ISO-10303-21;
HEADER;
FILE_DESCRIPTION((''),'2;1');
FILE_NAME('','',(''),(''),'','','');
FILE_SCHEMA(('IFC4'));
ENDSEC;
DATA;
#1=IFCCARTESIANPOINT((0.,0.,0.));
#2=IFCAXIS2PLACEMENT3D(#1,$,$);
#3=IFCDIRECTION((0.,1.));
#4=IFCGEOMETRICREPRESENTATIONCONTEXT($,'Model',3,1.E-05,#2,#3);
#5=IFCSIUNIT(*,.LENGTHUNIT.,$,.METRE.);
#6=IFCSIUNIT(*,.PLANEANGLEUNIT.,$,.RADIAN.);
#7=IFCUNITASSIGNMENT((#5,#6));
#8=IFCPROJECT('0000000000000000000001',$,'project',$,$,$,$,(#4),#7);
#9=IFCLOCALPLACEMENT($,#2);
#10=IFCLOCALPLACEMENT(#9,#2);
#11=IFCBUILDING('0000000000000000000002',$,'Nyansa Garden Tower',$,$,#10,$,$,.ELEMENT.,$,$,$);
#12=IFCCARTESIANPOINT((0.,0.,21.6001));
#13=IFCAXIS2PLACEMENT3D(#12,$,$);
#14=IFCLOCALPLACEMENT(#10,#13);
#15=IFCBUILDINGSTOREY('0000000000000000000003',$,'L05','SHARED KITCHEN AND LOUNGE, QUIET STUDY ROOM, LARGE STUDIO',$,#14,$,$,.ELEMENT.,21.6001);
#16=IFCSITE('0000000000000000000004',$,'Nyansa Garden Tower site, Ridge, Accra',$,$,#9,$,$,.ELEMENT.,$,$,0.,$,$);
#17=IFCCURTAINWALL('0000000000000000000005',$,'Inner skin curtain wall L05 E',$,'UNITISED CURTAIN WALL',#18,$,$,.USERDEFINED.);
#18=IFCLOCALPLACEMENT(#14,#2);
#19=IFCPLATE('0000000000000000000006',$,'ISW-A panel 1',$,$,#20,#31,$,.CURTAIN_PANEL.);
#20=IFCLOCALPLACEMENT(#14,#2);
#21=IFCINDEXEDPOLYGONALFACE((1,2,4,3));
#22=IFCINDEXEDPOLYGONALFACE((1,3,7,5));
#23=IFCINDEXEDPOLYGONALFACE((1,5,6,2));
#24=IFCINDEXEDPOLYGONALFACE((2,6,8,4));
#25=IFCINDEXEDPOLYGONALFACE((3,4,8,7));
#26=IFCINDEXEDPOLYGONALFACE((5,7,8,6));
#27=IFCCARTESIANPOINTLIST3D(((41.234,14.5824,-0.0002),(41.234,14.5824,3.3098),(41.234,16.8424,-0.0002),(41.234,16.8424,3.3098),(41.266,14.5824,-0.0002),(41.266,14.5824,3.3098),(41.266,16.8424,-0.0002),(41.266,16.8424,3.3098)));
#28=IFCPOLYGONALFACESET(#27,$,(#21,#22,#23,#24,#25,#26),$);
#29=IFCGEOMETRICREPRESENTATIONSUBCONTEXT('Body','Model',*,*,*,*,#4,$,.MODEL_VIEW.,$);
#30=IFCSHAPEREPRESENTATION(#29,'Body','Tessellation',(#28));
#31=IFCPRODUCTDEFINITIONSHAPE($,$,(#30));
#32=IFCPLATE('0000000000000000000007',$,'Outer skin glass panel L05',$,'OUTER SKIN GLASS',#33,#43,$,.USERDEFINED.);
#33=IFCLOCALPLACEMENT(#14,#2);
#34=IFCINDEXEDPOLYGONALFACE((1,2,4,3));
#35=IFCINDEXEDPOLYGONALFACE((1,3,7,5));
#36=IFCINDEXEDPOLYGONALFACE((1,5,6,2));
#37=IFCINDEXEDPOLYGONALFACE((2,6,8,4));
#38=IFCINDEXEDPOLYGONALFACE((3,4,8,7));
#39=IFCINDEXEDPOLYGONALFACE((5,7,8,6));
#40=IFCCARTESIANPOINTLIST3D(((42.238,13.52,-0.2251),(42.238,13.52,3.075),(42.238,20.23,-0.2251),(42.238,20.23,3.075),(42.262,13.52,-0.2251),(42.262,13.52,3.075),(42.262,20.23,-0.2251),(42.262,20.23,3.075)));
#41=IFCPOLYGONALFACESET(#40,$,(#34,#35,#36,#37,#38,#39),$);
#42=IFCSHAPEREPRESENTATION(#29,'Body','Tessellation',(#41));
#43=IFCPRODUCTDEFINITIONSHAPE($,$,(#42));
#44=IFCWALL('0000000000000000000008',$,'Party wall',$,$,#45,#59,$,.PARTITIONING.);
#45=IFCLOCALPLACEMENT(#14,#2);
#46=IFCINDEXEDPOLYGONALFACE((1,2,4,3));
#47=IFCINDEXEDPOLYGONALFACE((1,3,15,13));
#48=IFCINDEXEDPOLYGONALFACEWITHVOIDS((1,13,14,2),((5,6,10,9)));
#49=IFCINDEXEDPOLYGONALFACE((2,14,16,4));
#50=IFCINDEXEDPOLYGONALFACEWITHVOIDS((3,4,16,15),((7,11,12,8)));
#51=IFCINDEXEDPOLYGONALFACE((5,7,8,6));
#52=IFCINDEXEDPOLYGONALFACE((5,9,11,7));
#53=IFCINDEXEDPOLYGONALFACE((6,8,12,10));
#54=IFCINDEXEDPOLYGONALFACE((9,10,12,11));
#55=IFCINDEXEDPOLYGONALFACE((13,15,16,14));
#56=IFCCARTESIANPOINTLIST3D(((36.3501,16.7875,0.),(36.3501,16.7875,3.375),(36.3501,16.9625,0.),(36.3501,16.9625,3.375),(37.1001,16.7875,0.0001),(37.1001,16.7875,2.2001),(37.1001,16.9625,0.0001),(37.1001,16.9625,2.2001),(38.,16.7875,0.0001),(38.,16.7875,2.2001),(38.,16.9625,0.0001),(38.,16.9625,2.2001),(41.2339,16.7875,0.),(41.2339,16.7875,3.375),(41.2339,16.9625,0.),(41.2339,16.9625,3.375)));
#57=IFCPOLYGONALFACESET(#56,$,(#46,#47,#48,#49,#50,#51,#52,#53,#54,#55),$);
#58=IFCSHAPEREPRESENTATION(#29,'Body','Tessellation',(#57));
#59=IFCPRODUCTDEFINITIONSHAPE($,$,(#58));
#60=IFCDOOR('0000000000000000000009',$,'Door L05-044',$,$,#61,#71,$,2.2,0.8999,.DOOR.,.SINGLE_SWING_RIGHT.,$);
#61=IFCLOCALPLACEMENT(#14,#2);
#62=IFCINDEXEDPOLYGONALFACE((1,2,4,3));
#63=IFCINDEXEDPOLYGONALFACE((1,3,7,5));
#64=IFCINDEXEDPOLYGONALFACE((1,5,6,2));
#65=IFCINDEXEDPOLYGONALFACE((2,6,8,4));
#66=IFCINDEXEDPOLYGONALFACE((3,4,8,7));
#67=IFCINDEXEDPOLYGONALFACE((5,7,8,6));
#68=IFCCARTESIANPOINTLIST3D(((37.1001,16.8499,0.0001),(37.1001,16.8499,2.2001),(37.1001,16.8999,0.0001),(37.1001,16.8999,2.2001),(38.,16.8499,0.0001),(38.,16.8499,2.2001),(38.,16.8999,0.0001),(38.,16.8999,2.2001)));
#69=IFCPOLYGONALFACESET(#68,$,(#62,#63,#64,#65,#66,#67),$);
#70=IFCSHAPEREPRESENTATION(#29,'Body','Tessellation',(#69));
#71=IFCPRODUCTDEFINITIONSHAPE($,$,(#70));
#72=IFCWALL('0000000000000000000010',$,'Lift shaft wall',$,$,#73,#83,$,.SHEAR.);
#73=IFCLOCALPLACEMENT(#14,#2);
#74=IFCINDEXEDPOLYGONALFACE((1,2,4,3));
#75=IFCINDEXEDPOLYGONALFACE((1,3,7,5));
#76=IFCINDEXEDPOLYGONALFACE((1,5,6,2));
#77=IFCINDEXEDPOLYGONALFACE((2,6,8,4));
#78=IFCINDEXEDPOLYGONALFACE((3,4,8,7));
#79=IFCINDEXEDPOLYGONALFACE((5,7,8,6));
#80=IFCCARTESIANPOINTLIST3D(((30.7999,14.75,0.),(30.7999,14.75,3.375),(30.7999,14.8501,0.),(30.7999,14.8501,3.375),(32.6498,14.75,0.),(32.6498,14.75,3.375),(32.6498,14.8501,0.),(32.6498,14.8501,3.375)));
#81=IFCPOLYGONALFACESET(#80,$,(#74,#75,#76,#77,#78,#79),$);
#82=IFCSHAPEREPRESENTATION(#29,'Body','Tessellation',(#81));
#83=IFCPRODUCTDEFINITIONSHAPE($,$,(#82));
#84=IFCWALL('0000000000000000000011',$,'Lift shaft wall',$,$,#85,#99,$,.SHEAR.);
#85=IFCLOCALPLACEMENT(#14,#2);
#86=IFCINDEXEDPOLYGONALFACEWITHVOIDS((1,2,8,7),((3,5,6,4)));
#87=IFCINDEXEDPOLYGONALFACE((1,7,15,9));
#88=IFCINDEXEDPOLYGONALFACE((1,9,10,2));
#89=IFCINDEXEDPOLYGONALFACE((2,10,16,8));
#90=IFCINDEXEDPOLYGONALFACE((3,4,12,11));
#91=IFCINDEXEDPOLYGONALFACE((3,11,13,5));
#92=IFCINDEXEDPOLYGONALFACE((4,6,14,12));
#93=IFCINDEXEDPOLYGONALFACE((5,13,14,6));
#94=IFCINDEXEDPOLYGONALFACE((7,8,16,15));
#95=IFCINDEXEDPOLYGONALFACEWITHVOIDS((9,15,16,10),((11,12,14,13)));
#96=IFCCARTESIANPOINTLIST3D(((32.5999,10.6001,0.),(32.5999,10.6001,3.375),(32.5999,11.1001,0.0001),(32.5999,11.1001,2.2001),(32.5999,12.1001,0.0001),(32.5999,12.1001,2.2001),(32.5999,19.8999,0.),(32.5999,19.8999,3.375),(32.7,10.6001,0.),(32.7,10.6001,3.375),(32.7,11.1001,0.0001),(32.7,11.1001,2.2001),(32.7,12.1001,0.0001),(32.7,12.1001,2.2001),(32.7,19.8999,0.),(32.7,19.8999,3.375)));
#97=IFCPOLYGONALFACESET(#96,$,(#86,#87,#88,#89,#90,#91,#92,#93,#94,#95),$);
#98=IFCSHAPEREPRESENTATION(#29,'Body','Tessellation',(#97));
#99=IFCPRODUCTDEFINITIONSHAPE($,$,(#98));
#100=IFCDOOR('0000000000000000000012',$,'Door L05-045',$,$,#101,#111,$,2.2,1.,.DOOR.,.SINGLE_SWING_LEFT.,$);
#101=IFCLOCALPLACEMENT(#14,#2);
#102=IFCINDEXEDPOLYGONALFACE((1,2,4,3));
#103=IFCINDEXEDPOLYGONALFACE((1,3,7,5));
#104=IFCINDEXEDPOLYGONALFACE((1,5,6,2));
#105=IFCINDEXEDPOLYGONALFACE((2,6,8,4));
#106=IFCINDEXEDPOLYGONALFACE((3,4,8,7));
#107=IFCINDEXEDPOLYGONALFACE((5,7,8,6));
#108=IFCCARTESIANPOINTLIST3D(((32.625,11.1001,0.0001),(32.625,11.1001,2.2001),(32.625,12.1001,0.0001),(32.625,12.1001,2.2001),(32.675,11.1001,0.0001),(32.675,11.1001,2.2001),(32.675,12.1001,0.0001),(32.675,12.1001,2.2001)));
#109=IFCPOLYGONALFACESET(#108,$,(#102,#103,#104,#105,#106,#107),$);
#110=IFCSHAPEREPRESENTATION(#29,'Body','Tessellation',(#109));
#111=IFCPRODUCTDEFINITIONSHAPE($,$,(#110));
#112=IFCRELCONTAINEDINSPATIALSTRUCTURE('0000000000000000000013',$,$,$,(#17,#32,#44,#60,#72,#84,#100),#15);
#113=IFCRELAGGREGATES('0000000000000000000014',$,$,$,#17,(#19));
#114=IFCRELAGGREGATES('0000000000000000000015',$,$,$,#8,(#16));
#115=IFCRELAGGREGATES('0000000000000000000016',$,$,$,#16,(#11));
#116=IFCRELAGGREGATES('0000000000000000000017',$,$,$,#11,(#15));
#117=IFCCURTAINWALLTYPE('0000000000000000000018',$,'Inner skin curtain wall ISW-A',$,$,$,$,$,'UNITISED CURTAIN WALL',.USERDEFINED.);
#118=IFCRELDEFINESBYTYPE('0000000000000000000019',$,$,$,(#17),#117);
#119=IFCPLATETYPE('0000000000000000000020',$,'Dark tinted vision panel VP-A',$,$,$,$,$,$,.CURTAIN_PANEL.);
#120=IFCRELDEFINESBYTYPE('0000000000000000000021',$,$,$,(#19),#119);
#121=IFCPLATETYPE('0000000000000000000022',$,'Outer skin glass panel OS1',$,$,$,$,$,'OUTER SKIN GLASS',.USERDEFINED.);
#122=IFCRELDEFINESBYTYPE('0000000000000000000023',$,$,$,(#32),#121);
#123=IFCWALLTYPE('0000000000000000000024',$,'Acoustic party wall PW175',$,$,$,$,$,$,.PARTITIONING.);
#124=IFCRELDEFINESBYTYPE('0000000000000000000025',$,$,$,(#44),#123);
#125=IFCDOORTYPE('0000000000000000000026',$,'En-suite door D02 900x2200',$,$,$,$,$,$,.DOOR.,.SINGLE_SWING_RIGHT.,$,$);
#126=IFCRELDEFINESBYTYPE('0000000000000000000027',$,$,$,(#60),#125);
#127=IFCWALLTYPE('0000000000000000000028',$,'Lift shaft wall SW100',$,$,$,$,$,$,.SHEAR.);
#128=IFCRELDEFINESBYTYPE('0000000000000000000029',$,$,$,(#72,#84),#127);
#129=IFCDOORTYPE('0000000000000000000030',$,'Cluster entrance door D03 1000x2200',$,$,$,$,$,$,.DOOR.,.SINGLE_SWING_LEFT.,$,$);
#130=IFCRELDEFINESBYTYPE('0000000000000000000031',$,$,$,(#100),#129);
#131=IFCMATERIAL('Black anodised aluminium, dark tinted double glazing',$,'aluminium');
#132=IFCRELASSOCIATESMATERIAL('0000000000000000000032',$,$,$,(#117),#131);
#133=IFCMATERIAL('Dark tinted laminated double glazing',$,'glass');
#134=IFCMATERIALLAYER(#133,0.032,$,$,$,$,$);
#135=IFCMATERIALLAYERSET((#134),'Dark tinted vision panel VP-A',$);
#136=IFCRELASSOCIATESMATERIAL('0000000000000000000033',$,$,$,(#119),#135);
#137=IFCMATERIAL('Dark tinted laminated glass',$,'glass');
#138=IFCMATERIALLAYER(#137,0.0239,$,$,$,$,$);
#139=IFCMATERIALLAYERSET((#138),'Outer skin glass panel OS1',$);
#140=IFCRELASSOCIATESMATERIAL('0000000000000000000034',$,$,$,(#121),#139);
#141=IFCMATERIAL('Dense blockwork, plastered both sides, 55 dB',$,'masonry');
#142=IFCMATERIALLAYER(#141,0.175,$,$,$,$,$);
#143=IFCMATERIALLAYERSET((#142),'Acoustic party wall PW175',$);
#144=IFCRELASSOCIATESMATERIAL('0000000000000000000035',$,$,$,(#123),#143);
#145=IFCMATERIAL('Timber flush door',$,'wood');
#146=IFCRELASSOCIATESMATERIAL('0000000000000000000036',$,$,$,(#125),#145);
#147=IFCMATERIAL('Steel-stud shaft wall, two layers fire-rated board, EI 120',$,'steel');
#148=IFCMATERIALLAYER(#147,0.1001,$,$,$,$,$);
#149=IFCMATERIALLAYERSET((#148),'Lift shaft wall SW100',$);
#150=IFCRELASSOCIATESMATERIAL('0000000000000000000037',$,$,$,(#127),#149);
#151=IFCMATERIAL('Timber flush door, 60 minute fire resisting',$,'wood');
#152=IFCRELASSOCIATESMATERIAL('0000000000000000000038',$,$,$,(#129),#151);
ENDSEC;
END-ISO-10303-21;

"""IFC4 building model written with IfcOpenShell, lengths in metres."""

from ifc_helpers import new_model, si_unit, direction, frame, frame_2d, origin, origin_2d, place, context, subcontext, project, spatial, rectangle, extrude, material, layer, layer_set, type_object, element, fill, aggregate, save


model = new_model("IFC4")

# Units and contexts
model_context = context("Model", 3, precision=1e-05, world=origin(), true_north=direction((0.0, 1.0)))
body_context = subcontext(model_context, "Body", "Model", "MODEL_VIEW")
ifc_project = project(units=[si_unit("LENGTHUNIT", "METRE"), si_unit("PLANEANGLEUNIT", "RADIAN")], contexts=[model_context])

# Site, building, storey
site_placement = place(None, origin())
site = spatial("IfcSite", under=ifc_project, at=site_placement, Name="Nyansa Garden Tower site, Ridge, Accra", CompositionType="ELEMENT", RefElevation=0.0)
building_placement = place(site_placement, origin())
building = spatial("IfcBuilding", under=site, at=building_placement, Name="Nyansa Garden Tower", CompositionType="ELEMENT")
storey_placement = place(building_placement, frame((0.0, 0.0, 21.6001)))
storey = spatial("IfcBuildingStorey", under=building, at=storey_placement, Name="L05", Description="SHARED KITCHEN AND LOUNGE, QUIET STUDY ROOM, LARGE STUDIO", CompositionType="ELEMENT", Elevation=21.6001)

# Shared definitions
ifc_material_1 = material(Name="Black anodised aluminium, dark tinted double glazing", Category="aluminium")
curtain_wall_type = type_object("IfcCurtainWallType", Name="Inner skin curtain wall ISW-A", ElementType="UNITISED CURTAIN WALL", PredefinedType="USERDEFINED", material=ifc_material_1)

# Curtain wall
curtain_wall_1_placement = place(storey_placement, origin())
curtain_wall_1 = element("IfcCurtainWall", 1, at=curtain_wall_1_placement, inside=storey, type_object=curtain_wall_type, Name="Inner skin curtain wall L05 E", ObjectType="UNITISED CURTAIN WALL", PredefinedType="USERDEFINED")

# Plates
ifc_material_2 = material(Name="Dark tinted laminated double glazing", Category="glass")
ifc_layer_1 = layer(ifc_material_2, 0.032)
ifc_layer_set_1 = layer_set([ifc_layer_1], Name="Dark tinted vision panel VP-A")
plate_type_1 = type_object("IfcPlateType", Name="Dark tinted vision panel VP-A", PredefinedType="CURTAIN_PANEL", material=ifc_layer_set_1)
plate_1_placement = place(storey_placement, frame((41.25, 15.7124, -0.0002), z_axis=(0.0, 0.0, 1.0), x_axis=(0.0, 1.0, 0.0)))
plate_1 = element("IfcPlate", 2, at=plate_1_placement, type_object=plate_type_1, Name="ISW-A panel 1", PredefinedType="CURTAIN_PANEL", context=body_context, shape_type="SweptSolid", body=[
    extrude(rectangle(XDim=2.26, YDim=0.032, at=origin_2d()), origin(), (0.0, 0.0, 1.0), 3.3101),
])
aggregate(curtain_wall_1, [plate_1])
ifc_material_3 = material(Name="Dark tinted laminated glass", Category="glass")
ifc_layer_2 = layer(ifc_material_3, 0.0239)
ifc_layer_set_2 = layer_set([ifc_layer_2], Name="Outer skin glass panel OS1")
plate_type_2 = type_object("IfcPlateType", Name="Outer skin glass panel OS1", ElementType="OUTER SKIN GLASS", PredefinedType="USERDEFINED", material=ifc_layer_set_2)
plate_2_placement = place(storey_placement, frame((42.25, 16.875, -0.2251), z_axis=(0.0, 0.0, 1.0), x_axis=(0.0, 1.0, 0.0)))
element("IfcPlate", 3, at=plate_2_placement, inside=storey, type_object=plate_type_2, Name="Outer skin glass panel L05", ObjectType="OUTER SKIN GLASS", PredefinedType="USERDEFINED", context=body_context, shape_type="SweptSolid", body=[
    extrude(rectangle(XDim=6.71, YDim=0.0239, at=origin_2d()), origin(), (0.0, 0.0, 1.0), 3.3),
])

# Wall, opening, door
ifc_material_4 = material(Name="Dense blockwork, plastered both sides, 55 dB", Category="masonry")
ifc_layer_3 = layer(ifc_material_4, 0.175)
ifc_layer_set_3 = layer_set([ifc_layer_3], Name="Acoustic party wall PW175")
wall_type_1 = type_object("IfcWallType", Name="Acoustic party wall PW175", PredefinedType="PARTITIONING", material=ifc_layer_set_3)
wall_1_placement = place(storey_placement, frame((36.3501, 16.875, 0.0), z_axis=(0.0, 0.0, 1.0), x_axis=(1.0, 0.0, 0.0)))
wall_1 = element("IfcWall", 4, at=wall_1_placement, inside=storey, type_object=wall_type_1, Name="Party wall", PredefinedType="PARTITIONING", context=body_context, shape_type="SweptSolid", body=[
    extrude(rectangle(XDim=4.8838, YDim=0.175, at=frame_2d((2.4419, 0.0))), origin(), (0.0, 0.0, 1.0), 3.375),
])
opening_1_placement = place(wall_1_placement, frame((0.75, 0.0, 0.0)))
opening_1 = element("IfcOpeningElement", 5, at=opening_1_placement, cuts=wall_1, PredefinedType="OPENING", context=body_context, shape_type="SweptSolid", body=[
    extrude(rectangle(XDim=0.8999, YDim=2.2, at=frame_2d((0.45, 1.1001))), frame((0.0, 0.0974, 0.0), z_axis=(0.0, -1.0, 0.0), x_axis=(1.0, 0.0, 0.0)), (0.0, 0.0, 1.0), 0.1951),
])
ifc_material_5 = material(Name="Timber flush door", Category="wood")
door_type_1 = type_object("IfcDoorType", Name="En-suite door D02 900x2200", OperationType="SINGLE_SWING_RIGHT", PredefinedType="DOOR", material=ifc_material_5)
door_1_placement = place(opening_1_placement, origin())
door_1 = element("IfcDoor", 6, at=door_1_placement, inside=storey, type_object=door_type_1, Name="Door L05-044", OperationType="SINGLE_SWING_RIGHT", OverallHeight=2.2, OverallWidth=0.8999, PredefinedType="DOOR", context=body_context, shape_type="SweptSolid", body=[
    extrude(rectangle(XDim=0.8999, YDim=2.2, at=frame_2d((0.45, 1.1001))), frame((0.0, 0.0249, 0.0), z_axis=(0.0, -1.0, 0.0), x_axis=(1.0, 0.0, 0.0)), (0.0, 0.0, 1.0), 0.05),
])
fill(opening_1, door_1)

# Wall
ifc_material_6 = material(Name="Steel-stud shaft wall, two layers fire-rated board, EI 120", Category="steel")
ifc_layer_4 = layer(ifc_material_6, 0.1001)
ifc_layer_set_4 = layer_set([ifc_layer_4], Name="Lift shaft wall SW100")
wall_type_2 = type_object("IfcWallType", Name="Lift shaft wall SW100", PredefinedType="SHEAR", material=ifc_layer_set_4)
wall_2_placement = place(storey_placement, frame((30.8, 14.8, 0.0), z_axis=(0.0, 0.0, 1.0), x_axis=(1.0, 0.0, 0.0)))
element("IfcWall", 7, at=wall_2_placement, inside=storey, type_object=wall_type_2, Name="Lift shaft wall", PredefinedType="SHEAR", context=body_context, shape_type="SweptSolid", body=[
    extrude(rectangle(XDim=1.8499, YDim=0.1001, at=frame_2d((0.9248, 0.0))), origin(), (0.0, 0.0, 1.0), 3.375),
])

# Wall, opening, door
wall_3_placement = place(storey_placement, frame((32.6499, 10.6001, 0.0), z_axis=(0.0, 0.0, 1.0), x_axis=(0.0, 1.0, 0.0)))
wall_3 = element("IfcWall", 8, at=wall_3_placement, inside=storey, type_object=wall_type_2, Name="Lift shaft wall", PredefinedType="SHEAR", context=body_context, shape_type="SweptSolid", body=[
    extrude(rectangle(XDim=9.2998, YDim=0.1001, at=frame_2d((4.6499, 0.0))), origin(), (0.0, 0.0, 1.0), 3.375),
])
opening_2_placement = place(wall_3_placement, frame((0.5, 0.0, 0.0)))
opening_2 = element("IfcOpeningElement", 9, at=opening_2_placement, cuts=wall_3, PredefinedType="OPENING", context=body_context, shape_type="SweptSolid", body=[
    extrude(rectangle(XDim=1.0, YDim=2.2, at=frame_2d((0.5, 1.1001))), frame((0.0, 0.0601, 0.0), z_axis=(0.0, -1.0, 0.0), x_axis=(1.0, 0.0, 0.0)), (0.0, 0.0, 1.0), 0.1201),
])
ifc_material_7 = material(Name="Timber flush door, 60 minute fire resisting", Category="wood")
door_type_2 = type_object("IfcDoorType", Name="Cluster entrance door D03 1000x2200", OperationType="SINGLE_SWING_LEFT", PredefinedType="DOOR", material=ifc_material_7)
door_2_placement = place(opening_2_placement, origin())
door_2 = element("IfcDoor", 10, at=door_2_placement, inside=storey, type_object=door_type_2, Name="Door L05-045", OperationType="SINGLE_SWING_LEFT", OverallHeight=2.2, OverallWidth=1.0, PredefinedType="DOOR", context=body_context, shape_type="SweptSolid", body=[
    extrude(rectangle(XDim=1.0, YDim=2.2, at=frame_2d((0.5, 1.1001))), frame((0.0, 0.0249, 0.0), z_axis=(0.0, -1.0, 0.0), x_axis=(1.0, 0.0, 0.0)), (0.0, 0.0, 1.0), 0.05),
])
fill(opening_2, door_2)

save(model, "model.ifc")
